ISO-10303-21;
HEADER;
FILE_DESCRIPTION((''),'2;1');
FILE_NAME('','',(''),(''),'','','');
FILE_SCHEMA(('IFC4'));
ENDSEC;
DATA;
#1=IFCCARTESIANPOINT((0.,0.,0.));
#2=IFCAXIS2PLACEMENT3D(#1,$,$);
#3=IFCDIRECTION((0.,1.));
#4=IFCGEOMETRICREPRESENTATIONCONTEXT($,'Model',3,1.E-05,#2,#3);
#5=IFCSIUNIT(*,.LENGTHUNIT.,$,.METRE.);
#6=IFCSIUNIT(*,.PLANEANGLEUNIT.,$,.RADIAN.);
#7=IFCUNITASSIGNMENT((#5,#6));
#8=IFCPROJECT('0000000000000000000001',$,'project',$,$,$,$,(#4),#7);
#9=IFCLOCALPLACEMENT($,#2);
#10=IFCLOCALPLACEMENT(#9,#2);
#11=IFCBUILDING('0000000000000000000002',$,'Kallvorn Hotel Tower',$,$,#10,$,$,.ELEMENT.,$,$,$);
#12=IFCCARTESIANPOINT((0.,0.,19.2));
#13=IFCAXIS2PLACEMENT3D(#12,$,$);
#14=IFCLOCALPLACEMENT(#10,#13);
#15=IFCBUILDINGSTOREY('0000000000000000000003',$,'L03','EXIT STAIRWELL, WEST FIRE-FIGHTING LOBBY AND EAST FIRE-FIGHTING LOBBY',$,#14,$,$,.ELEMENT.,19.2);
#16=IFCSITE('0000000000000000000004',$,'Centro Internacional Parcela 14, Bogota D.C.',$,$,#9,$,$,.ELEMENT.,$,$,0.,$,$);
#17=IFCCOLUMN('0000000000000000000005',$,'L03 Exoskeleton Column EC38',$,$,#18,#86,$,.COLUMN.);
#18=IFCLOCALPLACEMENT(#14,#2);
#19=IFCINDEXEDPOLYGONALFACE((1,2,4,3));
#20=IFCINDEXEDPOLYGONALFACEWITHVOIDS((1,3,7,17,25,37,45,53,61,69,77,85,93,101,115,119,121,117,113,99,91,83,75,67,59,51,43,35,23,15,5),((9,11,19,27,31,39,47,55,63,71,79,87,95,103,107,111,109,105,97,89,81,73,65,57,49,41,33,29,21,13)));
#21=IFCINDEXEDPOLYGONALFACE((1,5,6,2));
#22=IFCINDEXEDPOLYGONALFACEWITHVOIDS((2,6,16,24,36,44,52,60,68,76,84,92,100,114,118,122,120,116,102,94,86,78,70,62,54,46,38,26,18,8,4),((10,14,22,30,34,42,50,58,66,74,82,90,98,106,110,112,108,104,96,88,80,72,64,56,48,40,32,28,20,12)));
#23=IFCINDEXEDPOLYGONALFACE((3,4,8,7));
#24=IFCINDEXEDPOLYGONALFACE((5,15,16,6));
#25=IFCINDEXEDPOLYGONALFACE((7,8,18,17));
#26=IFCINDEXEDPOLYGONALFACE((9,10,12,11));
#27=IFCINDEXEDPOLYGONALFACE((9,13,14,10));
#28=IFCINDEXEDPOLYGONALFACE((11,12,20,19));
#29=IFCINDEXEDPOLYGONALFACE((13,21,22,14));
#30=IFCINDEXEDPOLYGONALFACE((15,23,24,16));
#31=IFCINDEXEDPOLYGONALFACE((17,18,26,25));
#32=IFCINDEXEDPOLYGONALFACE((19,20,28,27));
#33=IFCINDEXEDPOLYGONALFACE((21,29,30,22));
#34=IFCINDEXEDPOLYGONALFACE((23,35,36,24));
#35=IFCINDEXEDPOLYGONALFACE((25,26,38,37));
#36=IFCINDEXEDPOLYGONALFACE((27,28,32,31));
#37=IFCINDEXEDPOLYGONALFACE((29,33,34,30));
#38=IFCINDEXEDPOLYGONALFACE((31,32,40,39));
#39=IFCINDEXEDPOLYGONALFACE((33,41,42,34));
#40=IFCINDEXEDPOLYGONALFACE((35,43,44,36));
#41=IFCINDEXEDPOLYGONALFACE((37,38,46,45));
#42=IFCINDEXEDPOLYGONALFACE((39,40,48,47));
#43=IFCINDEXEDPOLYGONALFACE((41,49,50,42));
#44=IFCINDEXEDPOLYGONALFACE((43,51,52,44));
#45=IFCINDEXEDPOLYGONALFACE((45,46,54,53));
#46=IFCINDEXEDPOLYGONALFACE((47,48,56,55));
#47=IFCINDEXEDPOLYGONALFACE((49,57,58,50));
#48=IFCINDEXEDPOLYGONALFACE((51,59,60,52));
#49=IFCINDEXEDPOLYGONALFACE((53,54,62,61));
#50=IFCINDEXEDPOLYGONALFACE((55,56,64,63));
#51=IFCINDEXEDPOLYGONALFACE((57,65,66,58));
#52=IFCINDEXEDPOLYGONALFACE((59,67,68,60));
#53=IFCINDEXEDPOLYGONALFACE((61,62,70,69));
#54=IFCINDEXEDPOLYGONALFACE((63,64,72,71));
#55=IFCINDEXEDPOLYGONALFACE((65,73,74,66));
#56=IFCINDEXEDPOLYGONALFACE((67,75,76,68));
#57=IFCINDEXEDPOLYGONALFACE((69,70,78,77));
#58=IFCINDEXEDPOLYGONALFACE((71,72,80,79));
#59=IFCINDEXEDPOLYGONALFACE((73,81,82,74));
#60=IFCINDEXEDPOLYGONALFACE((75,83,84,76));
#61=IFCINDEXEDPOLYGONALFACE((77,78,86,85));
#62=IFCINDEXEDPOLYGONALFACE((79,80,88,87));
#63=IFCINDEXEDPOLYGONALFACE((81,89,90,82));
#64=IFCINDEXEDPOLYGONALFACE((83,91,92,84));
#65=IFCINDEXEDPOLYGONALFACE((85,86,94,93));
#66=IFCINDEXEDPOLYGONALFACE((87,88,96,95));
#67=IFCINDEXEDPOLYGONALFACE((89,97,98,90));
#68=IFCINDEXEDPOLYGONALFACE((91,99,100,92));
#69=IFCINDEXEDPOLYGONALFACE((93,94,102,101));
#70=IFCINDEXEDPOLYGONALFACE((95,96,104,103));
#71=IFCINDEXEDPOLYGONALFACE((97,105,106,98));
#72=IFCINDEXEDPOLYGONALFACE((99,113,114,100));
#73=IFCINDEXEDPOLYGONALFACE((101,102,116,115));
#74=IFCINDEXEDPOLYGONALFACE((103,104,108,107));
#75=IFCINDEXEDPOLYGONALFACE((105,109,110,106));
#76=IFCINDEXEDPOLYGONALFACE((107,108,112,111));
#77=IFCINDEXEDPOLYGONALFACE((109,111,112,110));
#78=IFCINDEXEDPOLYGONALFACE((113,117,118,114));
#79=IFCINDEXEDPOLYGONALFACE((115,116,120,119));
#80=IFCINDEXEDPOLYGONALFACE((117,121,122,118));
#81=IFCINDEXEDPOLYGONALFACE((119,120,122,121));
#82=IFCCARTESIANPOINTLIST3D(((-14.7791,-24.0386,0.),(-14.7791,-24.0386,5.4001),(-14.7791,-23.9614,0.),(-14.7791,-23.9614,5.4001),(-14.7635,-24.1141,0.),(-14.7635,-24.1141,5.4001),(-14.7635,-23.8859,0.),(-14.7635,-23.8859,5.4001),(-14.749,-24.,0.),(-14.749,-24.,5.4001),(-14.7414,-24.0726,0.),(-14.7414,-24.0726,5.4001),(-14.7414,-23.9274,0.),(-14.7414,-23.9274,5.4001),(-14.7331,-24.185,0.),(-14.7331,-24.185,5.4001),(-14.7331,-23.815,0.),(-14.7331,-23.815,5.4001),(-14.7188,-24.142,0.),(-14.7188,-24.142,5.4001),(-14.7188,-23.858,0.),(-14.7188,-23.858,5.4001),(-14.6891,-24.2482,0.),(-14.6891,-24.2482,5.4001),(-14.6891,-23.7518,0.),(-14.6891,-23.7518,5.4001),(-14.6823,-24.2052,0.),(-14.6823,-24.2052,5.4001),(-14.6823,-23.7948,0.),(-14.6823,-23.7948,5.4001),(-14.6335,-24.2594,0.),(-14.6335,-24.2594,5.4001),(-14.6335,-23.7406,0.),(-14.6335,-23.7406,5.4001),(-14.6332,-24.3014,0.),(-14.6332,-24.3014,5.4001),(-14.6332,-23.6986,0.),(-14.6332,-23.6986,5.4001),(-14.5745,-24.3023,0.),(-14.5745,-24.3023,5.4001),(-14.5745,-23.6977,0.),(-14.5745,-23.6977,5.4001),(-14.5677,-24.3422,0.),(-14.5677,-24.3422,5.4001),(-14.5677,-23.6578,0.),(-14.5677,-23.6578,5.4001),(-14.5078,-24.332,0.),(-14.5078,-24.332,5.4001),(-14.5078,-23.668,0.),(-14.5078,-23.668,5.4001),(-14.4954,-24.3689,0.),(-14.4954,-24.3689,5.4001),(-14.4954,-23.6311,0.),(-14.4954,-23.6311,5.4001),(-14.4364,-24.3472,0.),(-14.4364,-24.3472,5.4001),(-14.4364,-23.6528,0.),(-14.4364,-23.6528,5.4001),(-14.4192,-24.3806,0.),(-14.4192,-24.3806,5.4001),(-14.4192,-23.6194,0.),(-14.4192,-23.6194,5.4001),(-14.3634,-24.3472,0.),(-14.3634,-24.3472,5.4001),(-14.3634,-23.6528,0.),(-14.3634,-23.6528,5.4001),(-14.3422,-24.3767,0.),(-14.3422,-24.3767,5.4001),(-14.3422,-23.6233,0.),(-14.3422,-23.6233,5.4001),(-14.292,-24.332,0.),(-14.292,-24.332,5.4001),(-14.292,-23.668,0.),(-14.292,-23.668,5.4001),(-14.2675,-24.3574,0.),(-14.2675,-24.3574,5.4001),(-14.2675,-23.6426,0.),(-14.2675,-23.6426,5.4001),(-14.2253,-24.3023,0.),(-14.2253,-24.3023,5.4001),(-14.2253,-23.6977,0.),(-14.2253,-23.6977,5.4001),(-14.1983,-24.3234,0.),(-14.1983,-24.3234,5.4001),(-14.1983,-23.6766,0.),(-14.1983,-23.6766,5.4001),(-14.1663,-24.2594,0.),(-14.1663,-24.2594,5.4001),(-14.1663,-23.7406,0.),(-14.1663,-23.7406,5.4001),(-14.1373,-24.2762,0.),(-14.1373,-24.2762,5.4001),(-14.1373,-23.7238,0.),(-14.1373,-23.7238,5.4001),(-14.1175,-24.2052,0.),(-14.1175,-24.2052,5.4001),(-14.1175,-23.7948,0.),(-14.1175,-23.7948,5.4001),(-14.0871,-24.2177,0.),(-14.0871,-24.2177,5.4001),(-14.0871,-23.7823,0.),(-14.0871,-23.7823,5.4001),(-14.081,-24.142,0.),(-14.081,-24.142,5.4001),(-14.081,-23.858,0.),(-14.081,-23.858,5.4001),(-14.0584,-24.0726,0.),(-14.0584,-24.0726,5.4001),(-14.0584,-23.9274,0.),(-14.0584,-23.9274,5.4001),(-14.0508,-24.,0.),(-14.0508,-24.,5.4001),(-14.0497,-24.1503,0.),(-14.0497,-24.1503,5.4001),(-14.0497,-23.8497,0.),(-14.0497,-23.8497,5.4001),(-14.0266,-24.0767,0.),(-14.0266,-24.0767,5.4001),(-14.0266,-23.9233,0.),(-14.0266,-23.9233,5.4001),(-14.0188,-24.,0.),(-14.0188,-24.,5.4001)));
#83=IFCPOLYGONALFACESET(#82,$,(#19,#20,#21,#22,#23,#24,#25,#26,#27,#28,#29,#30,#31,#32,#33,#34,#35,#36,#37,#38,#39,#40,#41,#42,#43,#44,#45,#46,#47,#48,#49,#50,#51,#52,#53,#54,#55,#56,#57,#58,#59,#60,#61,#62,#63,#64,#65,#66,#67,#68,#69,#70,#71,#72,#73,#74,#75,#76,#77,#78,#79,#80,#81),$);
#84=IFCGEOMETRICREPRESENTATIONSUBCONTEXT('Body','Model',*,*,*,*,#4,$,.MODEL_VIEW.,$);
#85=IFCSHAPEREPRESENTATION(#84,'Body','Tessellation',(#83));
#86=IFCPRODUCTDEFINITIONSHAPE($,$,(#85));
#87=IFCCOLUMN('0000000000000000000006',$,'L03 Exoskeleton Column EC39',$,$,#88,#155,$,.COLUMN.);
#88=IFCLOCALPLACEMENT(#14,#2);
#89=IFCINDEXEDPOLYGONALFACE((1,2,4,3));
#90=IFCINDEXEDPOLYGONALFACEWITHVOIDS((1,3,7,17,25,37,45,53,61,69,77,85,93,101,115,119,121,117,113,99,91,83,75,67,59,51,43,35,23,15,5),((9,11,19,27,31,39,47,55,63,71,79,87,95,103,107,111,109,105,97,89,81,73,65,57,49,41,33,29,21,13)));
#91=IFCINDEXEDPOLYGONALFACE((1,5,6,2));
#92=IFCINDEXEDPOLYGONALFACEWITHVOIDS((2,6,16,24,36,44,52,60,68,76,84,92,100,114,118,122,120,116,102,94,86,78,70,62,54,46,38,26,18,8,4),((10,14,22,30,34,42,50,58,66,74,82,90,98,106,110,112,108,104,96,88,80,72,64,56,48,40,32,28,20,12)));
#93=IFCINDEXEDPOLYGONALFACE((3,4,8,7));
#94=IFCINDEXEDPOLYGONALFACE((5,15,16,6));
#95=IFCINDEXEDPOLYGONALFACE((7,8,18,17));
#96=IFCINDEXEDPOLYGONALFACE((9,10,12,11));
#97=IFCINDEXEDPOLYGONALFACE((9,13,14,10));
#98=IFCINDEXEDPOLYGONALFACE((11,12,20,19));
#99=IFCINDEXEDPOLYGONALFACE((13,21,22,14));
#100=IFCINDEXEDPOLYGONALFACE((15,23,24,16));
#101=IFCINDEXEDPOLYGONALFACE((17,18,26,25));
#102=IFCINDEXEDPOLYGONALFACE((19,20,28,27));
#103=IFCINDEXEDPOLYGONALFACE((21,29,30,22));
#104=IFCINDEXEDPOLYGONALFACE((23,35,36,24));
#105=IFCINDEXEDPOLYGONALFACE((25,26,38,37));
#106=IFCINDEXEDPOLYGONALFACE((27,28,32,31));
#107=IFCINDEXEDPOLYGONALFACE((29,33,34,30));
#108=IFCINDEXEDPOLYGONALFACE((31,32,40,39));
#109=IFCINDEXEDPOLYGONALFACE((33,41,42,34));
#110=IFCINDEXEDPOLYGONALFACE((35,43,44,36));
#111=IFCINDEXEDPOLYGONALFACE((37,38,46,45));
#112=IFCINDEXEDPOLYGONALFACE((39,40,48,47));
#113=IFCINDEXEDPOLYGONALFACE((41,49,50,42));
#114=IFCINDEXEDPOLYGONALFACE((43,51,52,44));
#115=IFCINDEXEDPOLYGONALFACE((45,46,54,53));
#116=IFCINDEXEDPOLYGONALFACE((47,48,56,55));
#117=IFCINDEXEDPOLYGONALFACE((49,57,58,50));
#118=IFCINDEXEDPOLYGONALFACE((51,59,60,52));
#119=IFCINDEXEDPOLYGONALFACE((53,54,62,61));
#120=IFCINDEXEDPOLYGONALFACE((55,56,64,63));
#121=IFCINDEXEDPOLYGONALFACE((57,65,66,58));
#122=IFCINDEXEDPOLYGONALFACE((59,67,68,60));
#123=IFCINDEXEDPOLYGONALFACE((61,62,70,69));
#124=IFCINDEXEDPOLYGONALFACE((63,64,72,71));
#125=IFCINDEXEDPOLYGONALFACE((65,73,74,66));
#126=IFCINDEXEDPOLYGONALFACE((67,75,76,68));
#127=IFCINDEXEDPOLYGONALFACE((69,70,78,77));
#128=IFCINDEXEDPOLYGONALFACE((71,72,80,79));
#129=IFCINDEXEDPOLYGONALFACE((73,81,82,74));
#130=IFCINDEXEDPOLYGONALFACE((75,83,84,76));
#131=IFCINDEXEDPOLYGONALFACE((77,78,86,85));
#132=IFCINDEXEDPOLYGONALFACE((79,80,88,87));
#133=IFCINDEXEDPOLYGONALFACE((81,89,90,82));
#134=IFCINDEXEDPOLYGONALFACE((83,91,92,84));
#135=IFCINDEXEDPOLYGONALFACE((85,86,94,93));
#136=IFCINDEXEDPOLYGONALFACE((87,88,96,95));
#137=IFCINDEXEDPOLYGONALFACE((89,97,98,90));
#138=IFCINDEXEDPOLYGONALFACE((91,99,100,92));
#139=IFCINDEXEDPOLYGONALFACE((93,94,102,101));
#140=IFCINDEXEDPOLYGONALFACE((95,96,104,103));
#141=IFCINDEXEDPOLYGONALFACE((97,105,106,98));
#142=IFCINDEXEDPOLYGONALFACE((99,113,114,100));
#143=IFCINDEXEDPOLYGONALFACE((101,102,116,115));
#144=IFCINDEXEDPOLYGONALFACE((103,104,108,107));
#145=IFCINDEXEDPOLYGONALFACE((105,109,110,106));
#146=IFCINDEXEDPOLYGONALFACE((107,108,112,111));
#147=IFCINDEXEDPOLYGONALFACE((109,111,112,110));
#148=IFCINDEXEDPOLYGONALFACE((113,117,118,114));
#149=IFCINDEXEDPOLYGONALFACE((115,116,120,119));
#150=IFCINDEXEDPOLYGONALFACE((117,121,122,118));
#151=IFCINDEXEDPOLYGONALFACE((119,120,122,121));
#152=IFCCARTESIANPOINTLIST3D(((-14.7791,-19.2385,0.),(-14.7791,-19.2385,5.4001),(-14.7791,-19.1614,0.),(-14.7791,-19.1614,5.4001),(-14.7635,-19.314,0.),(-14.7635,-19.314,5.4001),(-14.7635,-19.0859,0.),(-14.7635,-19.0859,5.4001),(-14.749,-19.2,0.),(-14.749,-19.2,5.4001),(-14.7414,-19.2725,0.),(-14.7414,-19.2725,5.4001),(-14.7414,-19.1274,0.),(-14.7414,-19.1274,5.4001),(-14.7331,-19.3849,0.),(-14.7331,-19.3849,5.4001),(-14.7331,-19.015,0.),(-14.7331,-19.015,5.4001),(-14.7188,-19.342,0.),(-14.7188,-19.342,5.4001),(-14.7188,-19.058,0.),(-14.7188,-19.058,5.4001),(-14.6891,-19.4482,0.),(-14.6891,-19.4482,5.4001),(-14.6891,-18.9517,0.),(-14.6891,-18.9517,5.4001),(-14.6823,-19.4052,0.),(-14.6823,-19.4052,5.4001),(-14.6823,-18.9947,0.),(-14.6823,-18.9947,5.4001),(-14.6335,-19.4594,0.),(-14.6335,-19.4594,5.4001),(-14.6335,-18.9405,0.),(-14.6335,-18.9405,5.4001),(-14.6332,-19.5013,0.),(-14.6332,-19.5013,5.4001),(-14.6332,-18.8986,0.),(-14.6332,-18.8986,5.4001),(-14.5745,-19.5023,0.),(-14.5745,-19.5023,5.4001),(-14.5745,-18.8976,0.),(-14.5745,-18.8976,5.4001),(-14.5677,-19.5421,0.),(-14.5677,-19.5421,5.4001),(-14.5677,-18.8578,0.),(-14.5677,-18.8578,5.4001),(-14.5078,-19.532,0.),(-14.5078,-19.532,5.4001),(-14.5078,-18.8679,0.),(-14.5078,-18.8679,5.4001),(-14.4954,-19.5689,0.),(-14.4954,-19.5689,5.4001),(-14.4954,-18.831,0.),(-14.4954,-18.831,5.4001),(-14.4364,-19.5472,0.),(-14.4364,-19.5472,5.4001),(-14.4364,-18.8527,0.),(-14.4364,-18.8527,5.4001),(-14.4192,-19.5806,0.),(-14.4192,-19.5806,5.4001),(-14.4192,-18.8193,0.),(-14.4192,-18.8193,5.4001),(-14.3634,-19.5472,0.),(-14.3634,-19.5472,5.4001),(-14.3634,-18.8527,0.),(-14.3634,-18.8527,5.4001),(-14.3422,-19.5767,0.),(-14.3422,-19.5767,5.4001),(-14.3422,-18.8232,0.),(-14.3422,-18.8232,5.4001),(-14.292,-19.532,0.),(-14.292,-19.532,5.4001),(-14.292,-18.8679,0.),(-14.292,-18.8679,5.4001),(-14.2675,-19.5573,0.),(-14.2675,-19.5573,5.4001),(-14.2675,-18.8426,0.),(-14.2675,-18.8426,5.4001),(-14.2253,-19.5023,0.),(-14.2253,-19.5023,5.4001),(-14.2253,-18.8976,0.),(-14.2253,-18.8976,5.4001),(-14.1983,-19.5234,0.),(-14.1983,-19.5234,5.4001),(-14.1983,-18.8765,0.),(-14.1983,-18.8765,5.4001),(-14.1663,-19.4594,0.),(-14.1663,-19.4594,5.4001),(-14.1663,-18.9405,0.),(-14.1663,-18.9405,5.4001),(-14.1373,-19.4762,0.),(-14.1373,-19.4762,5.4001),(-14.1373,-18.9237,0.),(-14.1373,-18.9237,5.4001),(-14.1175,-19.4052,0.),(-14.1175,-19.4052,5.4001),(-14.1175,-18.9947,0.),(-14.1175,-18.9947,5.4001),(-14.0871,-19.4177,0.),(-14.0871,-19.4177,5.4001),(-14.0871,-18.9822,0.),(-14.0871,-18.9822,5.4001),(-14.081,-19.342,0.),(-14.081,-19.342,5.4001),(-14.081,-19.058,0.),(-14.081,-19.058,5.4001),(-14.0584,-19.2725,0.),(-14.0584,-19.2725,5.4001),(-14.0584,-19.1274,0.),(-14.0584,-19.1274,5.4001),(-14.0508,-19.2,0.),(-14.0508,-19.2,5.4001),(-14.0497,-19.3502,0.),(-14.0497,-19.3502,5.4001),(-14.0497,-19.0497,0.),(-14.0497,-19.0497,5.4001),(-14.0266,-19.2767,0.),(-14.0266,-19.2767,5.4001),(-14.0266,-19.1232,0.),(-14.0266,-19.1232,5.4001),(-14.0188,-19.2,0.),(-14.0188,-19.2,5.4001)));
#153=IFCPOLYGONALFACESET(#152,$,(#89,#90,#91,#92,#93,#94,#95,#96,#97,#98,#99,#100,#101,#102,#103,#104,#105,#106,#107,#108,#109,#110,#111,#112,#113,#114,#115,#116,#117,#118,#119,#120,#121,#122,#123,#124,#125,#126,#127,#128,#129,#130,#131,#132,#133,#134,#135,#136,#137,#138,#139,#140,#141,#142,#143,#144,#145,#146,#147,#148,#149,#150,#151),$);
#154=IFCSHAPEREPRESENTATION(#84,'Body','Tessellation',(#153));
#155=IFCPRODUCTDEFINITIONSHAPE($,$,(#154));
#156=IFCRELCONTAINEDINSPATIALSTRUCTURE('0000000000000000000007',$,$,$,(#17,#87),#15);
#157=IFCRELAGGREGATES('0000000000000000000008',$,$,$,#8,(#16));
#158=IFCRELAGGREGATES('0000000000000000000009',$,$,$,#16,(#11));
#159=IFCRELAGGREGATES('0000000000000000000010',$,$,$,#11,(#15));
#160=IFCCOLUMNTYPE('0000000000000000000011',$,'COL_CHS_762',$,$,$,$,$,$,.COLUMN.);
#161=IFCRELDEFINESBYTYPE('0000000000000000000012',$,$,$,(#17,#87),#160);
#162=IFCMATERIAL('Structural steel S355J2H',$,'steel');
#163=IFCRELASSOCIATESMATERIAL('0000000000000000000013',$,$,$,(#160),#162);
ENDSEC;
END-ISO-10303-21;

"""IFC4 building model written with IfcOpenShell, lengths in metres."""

from ifc_helpers import new_model, si_unit, direction, frame, origin, origin_2d, place, context, subcontext, project, spatial, hollow_circle, extrude, material, material_profile, profile_set, type_object, element, save


model = new_model("IFC4")

# Units and contexts
model_context = context("Model", 3, precision=1e-05, world=origin(), true_north=direction((0.0, 1.0)))
body_context = subcontext(model_context, "Body", "Model", "MODEL_VIEW")
ifc_project = project(units=[si_unit("LENGTHUNIT", "METRE"), si_unit("PLANEANGLEUNIT", "RADIAN")], contexts=[model_context])

# Site, building, storey
site_placement = place(None, origin())
site = spatial("IfcSite", under=ifc_project, at=site_placement, Name="Centro Internacional Parcela 14, Bogota D.C.", CompositionType="ELEMENT", RefElevation=0.0)
building_placement = place(site_placement, origin())
building = spatial("IfcBuilding", under=site, at=building_placement, Name="Kallvorn Hotel Tower", CompositionType="ELEMENT")
storey_placement = place(building_placement, frame((0.0, 0.0, 19.2)))
storey = spatial("IfcBuildingStorey", under=building, at=storey_placement, Name="L03", Description="EXIT STAIRWELL, WEST FIRE-FIGHTING LOBBY AND EAST FIRE-FIGHTING LOBBY", CompositionType="ELEMENT", Elevation=19.2)

# Columns
ifc_material_1 = material(Name="Structural steel S355J2H", Category="steel")
ifc_material_profile_1 = material_profile(ifc_material_1, hollow_circle(Radius=0.3811, WallThickness=0.032, at=origin_2d()), Name="CHS 762x32")
ifc_profile_set_1 = profile_set([ifc_material_profile_1], Name="Structural steel S355J2H")
column_type_1 = type_object("IfcColumnType", Name="COL_CHS_762", PredefinedType="COLUMN", material=ifc_profile_set_1)
for number, where, z_axis, x_axis, name in (
    (1, (-14.3999, -24.0, 0.0), (0.0, 0.0, 1.0), (1.0, 0.0, 0.0), "L03 Exoskeleton Column EC38"),
    (2, (-14.3999, -19.2, 0.0), (0.0, 0.0, 1.0), (1.0, 0.0, 0.0), "L03 Exoskeleton Column EC39"),
):
    element("IfcColumn", number, at=place(storey_placement, frame(where, z_axis=z_axis, x_axis=x_axis)), inside=storey, type_object=column_type_1, Name=name, PredefinedType="COLUMN", context=body_context, shape_type="SweptSolid", body=[
        extrude(hollow_circle(Radius=0.3811, WallThickness=0.032, at=origin_2d()), origin(), (0.0, 0.0, 1.0), 5.4001),
    ])

save(model, "model.ifc")
